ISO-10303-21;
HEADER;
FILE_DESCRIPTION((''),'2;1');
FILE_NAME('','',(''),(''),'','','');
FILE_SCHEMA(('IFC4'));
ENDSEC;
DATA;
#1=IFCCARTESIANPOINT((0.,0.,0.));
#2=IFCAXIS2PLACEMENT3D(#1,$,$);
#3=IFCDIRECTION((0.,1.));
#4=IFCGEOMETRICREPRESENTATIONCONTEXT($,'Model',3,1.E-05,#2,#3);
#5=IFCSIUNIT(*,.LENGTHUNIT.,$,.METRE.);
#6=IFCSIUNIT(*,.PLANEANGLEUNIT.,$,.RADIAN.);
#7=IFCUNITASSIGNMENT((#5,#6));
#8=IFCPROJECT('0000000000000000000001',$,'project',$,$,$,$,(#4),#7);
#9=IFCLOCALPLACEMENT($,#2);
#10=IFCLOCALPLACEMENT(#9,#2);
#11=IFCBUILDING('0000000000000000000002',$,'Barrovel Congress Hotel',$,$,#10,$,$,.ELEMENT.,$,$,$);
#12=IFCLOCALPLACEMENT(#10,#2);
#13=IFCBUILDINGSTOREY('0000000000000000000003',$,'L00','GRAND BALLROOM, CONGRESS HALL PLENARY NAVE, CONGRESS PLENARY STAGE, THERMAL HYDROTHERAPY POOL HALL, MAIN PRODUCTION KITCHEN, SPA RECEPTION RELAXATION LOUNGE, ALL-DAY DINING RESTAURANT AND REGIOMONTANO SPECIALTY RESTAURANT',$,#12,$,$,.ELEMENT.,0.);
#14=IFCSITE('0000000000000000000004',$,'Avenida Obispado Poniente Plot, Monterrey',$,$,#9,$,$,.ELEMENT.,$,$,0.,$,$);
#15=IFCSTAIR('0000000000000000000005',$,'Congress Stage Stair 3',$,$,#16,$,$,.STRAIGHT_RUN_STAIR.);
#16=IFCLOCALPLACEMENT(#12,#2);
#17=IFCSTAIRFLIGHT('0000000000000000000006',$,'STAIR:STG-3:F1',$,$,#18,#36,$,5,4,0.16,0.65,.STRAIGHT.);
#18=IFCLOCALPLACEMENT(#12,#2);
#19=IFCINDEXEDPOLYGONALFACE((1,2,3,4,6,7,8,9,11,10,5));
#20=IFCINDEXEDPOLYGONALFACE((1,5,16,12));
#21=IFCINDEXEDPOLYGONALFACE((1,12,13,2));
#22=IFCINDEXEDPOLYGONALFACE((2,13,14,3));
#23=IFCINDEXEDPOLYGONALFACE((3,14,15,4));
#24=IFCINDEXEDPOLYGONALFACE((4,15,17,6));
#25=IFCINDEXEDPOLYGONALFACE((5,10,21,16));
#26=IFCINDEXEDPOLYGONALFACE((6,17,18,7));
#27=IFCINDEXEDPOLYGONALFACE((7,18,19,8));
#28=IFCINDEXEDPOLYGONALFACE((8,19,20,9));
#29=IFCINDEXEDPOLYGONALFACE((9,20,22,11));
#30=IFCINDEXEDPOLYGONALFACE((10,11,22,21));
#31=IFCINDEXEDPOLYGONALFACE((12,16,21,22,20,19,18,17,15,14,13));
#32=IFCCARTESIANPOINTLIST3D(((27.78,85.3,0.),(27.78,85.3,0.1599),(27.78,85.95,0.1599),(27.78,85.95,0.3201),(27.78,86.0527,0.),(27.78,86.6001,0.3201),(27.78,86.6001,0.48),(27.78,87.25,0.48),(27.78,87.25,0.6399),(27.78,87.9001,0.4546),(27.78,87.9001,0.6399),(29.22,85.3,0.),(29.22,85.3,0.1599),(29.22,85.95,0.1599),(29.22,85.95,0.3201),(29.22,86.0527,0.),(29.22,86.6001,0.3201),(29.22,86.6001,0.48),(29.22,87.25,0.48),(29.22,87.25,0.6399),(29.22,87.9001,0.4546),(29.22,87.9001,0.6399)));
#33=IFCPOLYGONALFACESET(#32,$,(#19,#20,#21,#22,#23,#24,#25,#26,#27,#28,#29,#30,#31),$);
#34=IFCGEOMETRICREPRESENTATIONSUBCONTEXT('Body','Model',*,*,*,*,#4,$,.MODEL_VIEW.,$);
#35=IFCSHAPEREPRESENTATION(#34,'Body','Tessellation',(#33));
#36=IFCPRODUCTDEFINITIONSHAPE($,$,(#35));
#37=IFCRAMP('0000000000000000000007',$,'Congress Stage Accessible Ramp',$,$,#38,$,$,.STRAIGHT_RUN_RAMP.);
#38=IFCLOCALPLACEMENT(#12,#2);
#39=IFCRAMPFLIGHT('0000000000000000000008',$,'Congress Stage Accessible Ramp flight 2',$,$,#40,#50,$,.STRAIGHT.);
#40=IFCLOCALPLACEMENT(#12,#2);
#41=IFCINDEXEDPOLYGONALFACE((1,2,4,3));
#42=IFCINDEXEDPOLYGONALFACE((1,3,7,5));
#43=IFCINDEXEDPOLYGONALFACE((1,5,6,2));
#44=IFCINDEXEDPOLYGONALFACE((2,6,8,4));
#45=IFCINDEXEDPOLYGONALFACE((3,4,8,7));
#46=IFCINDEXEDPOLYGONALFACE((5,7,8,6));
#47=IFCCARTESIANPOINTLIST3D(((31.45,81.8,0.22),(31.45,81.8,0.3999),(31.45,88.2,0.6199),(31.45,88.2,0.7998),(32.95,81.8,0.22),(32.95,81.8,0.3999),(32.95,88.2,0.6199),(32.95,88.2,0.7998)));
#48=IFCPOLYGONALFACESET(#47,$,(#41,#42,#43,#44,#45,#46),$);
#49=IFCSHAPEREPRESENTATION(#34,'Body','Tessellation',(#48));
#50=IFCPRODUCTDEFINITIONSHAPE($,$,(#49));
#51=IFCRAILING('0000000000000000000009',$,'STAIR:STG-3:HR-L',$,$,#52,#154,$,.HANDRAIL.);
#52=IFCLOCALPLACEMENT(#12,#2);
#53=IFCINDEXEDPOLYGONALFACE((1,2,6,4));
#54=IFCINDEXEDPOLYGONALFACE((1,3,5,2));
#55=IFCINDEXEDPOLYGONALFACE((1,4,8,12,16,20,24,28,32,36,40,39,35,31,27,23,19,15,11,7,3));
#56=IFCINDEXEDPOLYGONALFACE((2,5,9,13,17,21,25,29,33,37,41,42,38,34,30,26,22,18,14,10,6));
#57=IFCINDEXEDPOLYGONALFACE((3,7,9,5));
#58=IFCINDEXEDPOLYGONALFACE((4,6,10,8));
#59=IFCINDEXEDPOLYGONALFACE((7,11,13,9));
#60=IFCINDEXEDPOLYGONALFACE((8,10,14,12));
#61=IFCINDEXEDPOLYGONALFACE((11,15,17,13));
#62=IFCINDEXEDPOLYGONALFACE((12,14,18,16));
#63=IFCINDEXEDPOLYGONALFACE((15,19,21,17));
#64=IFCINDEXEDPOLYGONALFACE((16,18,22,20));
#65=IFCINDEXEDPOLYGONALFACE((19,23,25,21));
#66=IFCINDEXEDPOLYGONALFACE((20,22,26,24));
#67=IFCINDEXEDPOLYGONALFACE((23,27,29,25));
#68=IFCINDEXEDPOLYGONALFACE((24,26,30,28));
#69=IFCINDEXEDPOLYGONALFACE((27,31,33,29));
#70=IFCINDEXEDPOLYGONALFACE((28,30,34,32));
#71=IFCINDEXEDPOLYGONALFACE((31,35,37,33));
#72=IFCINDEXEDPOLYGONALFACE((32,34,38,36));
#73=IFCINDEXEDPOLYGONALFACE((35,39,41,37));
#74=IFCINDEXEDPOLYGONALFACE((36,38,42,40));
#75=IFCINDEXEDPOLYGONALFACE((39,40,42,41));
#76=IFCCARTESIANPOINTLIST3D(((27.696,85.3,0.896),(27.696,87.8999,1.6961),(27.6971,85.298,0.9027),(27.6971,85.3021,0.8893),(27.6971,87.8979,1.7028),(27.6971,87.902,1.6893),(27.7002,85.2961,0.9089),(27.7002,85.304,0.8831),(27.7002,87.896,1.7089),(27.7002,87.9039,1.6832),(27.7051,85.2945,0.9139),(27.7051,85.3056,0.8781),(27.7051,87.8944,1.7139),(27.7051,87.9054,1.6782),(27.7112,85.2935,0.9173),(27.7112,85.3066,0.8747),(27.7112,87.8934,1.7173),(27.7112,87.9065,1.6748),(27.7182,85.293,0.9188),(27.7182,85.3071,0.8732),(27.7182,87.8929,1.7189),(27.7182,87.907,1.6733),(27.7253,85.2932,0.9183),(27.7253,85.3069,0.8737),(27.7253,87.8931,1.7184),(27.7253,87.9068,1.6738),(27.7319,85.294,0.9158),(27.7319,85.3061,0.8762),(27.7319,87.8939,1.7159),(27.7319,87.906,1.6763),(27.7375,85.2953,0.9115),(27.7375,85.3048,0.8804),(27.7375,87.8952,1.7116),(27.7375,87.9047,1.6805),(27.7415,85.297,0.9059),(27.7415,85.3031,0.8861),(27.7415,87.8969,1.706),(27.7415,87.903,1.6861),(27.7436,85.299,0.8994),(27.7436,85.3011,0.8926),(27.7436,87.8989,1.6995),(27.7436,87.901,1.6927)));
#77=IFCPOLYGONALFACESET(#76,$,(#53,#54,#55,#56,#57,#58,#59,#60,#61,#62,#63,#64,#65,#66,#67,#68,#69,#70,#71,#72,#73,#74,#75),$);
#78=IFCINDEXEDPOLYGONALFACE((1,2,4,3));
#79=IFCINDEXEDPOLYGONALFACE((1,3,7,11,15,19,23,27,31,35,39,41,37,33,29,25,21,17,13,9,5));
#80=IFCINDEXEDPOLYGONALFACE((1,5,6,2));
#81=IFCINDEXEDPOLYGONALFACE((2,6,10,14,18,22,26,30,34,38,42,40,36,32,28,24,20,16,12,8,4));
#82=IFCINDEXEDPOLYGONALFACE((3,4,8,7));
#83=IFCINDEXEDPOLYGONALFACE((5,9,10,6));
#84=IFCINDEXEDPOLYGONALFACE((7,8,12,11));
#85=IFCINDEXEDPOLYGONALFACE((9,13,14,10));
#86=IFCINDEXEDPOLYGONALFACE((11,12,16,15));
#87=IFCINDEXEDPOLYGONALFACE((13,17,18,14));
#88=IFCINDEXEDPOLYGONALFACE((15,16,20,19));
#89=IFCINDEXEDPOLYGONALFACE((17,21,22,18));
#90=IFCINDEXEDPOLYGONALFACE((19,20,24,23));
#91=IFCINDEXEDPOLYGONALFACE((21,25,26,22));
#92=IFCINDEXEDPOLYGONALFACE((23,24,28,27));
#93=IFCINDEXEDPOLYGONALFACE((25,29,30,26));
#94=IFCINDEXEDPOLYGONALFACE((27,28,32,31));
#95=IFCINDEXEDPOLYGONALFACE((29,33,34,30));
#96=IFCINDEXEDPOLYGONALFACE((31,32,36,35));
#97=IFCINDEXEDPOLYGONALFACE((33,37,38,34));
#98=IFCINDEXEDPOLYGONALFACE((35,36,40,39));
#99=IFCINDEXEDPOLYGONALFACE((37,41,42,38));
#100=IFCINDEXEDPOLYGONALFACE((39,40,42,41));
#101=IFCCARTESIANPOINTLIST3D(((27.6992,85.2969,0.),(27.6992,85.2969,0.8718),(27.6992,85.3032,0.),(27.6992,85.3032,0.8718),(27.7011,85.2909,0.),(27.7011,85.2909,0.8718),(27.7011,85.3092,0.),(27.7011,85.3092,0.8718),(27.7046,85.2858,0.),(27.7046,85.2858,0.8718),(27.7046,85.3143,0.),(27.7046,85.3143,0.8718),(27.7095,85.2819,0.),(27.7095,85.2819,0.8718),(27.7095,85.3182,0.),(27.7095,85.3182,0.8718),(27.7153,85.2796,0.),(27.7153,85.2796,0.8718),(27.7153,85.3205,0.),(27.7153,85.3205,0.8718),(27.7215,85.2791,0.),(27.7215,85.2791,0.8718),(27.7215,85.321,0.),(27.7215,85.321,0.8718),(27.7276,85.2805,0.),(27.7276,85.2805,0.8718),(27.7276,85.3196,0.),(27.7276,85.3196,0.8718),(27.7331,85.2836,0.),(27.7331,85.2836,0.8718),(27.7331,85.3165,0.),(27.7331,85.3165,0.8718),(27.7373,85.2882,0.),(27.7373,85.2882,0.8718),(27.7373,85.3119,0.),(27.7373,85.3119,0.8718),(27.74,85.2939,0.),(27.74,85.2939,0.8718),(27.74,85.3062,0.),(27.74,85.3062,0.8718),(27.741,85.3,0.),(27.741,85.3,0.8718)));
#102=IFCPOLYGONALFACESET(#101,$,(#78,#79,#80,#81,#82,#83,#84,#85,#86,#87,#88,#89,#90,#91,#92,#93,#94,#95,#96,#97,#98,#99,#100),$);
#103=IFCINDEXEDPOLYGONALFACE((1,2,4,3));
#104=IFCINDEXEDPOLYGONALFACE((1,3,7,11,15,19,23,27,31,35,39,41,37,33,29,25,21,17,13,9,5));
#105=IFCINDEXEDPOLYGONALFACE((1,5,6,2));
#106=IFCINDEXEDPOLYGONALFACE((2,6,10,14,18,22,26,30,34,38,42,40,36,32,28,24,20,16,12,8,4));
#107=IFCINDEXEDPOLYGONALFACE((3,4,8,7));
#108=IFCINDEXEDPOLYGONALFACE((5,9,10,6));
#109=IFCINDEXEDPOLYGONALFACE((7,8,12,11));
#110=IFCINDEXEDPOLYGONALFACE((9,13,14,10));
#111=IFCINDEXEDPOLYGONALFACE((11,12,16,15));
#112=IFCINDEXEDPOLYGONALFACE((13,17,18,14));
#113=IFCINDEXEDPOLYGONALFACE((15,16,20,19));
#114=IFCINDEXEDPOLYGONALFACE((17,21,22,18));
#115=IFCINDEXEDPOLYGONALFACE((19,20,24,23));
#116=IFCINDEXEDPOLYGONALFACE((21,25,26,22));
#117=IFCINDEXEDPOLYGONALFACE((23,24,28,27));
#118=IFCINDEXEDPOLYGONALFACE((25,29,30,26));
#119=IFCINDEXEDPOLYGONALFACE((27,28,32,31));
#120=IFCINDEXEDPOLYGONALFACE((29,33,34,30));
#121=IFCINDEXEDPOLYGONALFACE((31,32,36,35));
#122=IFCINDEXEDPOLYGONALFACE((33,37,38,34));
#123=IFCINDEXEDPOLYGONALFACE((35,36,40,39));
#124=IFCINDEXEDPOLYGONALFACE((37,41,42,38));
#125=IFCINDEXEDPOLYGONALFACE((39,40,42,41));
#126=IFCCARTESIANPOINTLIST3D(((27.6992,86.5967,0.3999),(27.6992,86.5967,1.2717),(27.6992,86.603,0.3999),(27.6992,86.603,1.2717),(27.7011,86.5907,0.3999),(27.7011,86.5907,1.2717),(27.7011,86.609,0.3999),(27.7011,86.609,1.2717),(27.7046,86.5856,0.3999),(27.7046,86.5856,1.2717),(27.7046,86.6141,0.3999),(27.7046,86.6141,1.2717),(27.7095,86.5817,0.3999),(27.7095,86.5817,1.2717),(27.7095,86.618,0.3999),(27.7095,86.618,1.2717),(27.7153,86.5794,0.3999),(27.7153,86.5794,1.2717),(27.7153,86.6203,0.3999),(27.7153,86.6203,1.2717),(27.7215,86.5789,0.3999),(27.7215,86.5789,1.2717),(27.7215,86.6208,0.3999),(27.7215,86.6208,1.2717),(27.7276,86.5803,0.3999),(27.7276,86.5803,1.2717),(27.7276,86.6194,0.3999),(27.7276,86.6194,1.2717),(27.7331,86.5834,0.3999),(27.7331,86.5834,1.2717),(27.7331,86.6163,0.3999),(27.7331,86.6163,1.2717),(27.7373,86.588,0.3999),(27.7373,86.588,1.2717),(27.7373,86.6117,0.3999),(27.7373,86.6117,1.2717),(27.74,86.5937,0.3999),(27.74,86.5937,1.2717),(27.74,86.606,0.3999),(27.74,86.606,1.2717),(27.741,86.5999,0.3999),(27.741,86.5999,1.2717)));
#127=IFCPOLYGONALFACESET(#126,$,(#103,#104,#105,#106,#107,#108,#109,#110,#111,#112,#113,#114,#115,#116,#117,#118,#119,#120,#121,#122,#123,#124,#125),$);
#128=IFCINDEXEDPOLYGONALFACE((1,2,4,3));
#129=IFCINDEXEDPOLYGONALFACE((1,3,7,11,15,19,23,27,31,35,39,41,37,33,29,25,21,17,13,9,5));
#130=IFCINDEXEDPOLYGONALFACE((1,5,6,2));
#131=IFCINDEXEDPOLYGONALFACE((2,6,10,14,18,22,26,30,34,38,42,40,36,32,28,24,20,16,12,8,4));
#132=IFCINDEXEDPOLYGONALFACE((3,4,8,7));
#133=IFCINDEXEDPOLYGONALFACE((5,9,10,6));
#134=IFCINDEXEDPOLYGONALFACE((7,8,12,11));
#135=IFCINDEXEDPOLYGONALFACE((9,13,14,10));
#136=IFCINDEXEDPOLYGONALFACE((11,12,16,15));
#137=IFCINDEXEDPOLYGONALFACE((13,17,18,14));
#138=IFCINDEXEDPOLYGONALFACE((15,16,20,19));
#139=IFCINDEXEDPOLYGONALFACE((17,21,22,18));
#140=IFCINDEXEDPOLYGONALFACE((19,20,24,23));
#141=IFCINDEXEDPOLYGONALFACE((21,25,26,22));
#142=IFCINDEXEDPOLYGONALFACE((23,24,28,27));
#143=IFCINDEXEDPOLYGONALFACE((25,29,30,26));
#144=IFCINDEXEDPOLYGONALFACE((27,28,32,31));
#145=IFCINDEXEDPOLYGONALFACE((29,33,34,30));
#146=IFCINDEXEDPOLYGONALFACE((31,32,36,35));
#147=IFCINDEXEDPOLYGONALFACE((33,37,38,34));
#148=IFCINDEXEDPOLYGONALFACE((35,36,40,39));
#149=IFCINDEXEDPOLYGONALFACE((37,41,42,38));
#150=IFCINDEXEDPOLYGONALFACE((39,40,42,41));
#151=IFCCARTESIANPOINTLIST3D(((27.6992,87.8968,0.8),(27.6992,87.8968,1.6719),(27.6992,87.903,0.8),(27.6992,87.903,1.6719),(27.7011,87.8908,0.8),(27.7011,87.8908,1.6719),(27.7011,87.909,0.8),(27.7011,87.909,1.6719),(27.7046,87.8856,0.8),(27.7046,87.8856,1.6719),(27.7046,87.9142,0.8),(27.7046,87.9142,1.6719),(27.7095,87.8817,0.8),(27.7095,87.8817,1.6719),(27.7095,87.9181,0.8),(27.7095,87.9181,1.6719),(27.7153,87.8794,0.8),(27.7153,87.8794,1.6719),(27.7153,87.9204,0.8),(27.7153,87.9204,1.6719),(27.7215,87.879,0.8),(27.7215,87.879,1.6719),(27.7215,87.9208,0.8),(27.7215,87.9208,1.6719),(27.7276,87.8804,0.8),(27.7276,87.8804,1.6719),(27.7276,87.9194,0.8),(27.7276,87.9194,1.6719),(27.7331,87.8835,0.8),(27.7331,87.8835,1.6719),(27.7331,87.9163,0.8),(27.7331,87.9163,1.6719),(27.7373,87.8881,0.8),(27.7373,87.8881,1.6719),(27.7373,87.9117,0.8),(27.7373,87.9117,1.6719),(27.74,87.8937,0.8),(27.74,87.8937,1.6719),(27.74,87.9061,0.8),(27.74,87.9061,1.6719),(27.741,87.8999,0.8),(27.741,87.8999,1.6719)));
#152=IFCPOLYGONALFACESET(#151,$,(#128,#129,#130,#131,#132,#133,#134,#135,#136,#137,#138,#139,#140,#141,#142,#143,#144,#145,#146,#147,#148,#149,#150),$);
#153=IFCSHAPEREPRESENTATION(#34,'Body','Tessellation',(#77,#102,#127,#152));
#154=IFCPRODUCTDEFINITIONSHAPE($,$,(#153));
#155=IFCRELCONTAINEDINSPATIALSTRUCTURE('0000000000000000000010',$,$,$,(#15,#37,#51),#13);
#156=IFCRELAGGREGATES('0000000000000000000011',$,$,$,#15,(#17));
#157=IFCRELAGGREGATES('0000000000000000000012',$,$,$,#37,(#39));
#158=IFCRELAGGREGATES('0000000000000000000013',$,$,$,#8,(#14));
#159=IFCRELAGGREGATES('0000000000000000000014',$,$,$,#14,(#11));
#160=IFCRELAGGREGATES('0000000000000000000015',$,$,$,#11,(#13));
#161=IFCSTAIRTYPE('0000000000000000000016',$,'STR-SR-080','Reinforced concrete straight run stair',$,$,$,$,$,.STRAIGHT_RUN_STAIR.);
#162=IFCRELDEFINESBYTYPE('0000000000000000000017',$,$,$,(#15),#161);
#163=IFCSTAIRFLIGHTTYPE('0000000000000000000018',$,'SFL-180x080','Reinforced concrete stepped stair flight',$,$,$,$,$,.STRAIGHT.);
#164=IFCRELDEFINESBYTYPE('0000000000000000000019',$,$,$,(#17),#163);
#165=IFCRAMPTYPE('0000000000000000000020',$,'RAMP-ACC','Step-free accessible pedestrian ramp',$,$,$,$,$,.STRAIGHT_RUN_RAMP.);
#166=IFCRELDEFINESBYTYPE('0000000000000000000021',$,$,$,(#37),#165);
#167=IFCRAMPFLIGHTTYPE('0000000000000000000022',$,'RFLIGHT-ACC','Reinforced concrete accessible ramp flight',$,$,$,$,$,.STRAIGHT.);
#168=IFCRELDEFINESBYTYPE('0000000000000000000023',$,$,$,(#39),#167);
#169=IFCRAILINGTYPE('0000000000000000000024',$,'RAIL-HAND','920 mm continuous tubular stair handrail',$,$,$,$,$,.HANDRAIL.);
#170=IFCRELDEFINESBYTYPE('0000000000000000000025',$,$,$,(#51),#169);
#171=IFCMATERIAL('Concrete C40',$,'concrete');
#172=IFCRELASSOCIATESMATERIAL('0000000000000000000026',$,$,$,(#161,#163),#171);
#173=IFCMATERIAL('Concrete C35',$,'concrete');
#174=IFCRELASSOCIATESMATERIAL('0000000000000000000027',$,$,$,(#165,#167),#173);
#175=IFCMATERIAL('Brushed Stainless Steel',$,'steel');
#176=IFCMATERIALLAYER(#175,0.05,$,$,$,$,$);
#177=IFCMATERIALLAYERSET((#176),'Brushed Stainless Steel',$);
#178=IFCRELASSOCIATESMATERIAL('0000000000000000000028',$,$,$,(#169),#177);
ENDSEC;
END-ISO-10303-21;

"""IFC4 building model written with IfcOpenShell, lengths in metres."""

from ifc_helpers import new_model, si_unit, direction, frame, origin, origin_2d, place, context, subcontext, project, spatial, polyline, circle, outline, extrude, material, layer, layer_set, type_object, element, aggregate, save


model = new_model("IFC4")

# Units and contexts
model_context = context("Model", 3, precision=1e-05, world=origin(), true_north=direction((0.0, 1.0)))
body_context = subcontext(model_context, "Body", "Model", "MODEL_VIEW")
ifc_project = project(units=[si_unit("LENGTHUNIT", "METRE"), si_unit("PLANEANGLEUNIT", "RADIAN")], contexts=[model_context])

# Site, building, storey
site_placement = place(None, origin())
site = spatial("IfcSite", under=ifc_project, at=site_placement, Name="Avenida Obispado Poniente Plot, Monterrey", CompositionType="ELEMENT", RefElevation=0.0)
building_placement = place(site_placement, origin())
building = spatial("IfcBuilding", under=site, at=building_placement, Name="Barrovel Congress Hotel", CompositionType="ELEMENT")
storey_placement = place(building_placement, origin())
storey = spatial("IfcBuildingStorey", under=building, at=storey_placement, Name="L00", Description="GRAND BALLROOM, CONGRESS HALL PLENARY NAVE, CONGRESS PLENARY STAGE, THERMAL HYDROTHERAPY POOL HALL, MAIN PRODUCTION KITCHEN, SPA RECEPTION RELAXATION LOUNGE, ALL-DAY DINING RESTAURANT AND REGIOMONTANO SPECIALTY RESTAURANT", CompositionType="ELEMENT", Elevation=0.0)

# Shared definitions
ifc_material_1 = material(Name="Concrete C40", Category="concrete")

# Shared definitions
ifc_material_2 = material(Name="Concrete C35", Category="concrete")

# Stair, stair flight
stair_type = type_object("IfcStairType", Name="STR-SR-080", Description="Reinforced concrete straight run stair", PredefinedType="STRAIGHT_RUN_STAIR", material=ifc_material_1)
stair_placement = place(storey_placement, origin())
stair = element("IfcStair", 1, at=stair_placement, inside=storey, type_object=stair_type, Name="Congress Stage Stair 3", PredefinedType="STRAIGHT_RUN_STAIR")
stair_flight_type = type_object("IfcStairFlightType", Name="SFL-180x080", Description="Reinforced concrete stepped stair flight", PredefinedType="STRAIGHT", material=ifc_material_1)
stair_flight_placement = place(storey_placement, frame((28.5, 85.3, 0.0), z_axis=(0.0, 0.0, 1.0), x_axis=(0.0, 1.0, 0.0)))
stair_flight = element("IfcStairFlight", 2, at=stair_flight_placement, type_object=stair_flight_type, Name="STAIR:STG-3:F1", NumberOfRisers=5, NumberOfTreads=4, PredefinedType="STRAIGHT", RiserHeight=0.16, TreadLength=0.65, context=body_context, shape_type="SweptSolid", body=[
    extrude(outline(polyline([(0.0, 0.0), (0.0, 0.1599), (0.6499, 0.1599), (0.6499, 0.3201), (1.3, 0.3201), (1.3, 0.48), (1.95, 0.48), (1.95, 0.6399), (2.6001, 0.6399), (2.6001, 0.8), (2.6001, 0.4546), (0.7527, 0.0), (0.0, 0.0)])), frame((0.0, 0.72, 0.0), z_axis=(0.0, -1.0, 0.0), x_axis=(1.0, 0.0, 0.0)), (0.0, 0.0, 1.0), 1.4399),
])
aggregate(stair, [stair_flight])

# Ramp, ramp flight
ramp_type = type_object("IfcRampType", Name="RAMP-ACC", Description="Step-free accessible pedestrian ramp", PredefinedType="STRAIGHT_RUN_RAMP", material=ifc_material_2)
ramp_placement = place(storey_placement, origin())
ramp = element("IfcRamp", 3, at=ramp_placement, inside=storey, type_object=ramp_type, Name="Congress Stage Accessible Ramp", PredefinedType="STRAIGHT_RUN_RAMP")
ramp_flight_type = type_object("IfcRampFlightType", Name="RFLIGHT-ACC", Description="Reinforced concrete accessible ramp flight", PredefinedType="STRAIGHT", material=ifc_material_2)
ramp_flight_placement = place(storey_placement, frame((32.2, 81.8, 0.22), z_axis=(0.0, 0.0, 1.0), x_axis=(0.0, 1.0, 0.0)))
ramp_flight = element("IfcRampFlight", 4, at=ramp_flight_placement, type_object=ramp_flight_type, Name="Congress Stage Accessible Ramp flight 2", PredefinedType="STRAIGHT", context=body_context, shape_type="SweptSolid", body=[
    extrude(outline(polyline([(0.0, 0.0), (0.0, 0.1799), (6.3999, 0.5798), (6.3999, 0.3999), (0.0, 0.0)])), frame((0.0, 0.75, 0.0), z_axis=(0.0, -1.0, 0.0), x_axis=(1.0, 0.0, 0.0)), (0.0, 0.0, 1.0), 1.5),
])
aggregate(ramp, [ramp_flight])

# Railing
ifc_material_3 = material(Name="Brushed Stainless Steel", Category="steel")
ifc_layer_1 = layer(ifc_material_3, 0.05)
ifc_layer_set_1 = layer_set([ifc_layer_1], Name="Brushed Stainless Steel")
railing_type = type_object("IfcRailingType", Name="RAIL-HAND", Description="920 mm continuous tubular stair handrail", PredefinedType="HANDRAIL", material=ifc_layer_set_1)
for number, where, name in (
    (5, (27.72, 85.3, 0.0), "STAIR:STG-3:HR-L"),
):
    element("IfcRailing", number, at=place(storey_placement, frame(where)), inside=storey, type_object=railing_type, Name=name, PredefinedType="HANDRAIL", context=body_context, shape_type="SweptSolid", body=[
        extrude(circle(Radius=0.0239, at=origin_2d()), frame((0.0, 0.0, 0.896), z_axis=(0.0, 0.955769, 0.294117), x_axis=(-1.0, 0.0, 0.0)), (0.0, 0.0, 1.0), 2.7202),
        extrude(circle(Radius=0.021, at=origin_2d()), origin(), (0.0, 0.0, 1.0), 0.8718),
        extrude(circle(Radius=0.021, at=origin_2d()), frame((0.0, 1.2998, 0.3999)), (0.0, 0.0, 1.0), 0.8718),
        extrude(circle(Radius=0.021, at=origin_2d()), frame((0.0, 2.5999, 0.8)), (0.0, 0.0, 1.0), 0.8718),
    ])

save(model, "model.ifc")
